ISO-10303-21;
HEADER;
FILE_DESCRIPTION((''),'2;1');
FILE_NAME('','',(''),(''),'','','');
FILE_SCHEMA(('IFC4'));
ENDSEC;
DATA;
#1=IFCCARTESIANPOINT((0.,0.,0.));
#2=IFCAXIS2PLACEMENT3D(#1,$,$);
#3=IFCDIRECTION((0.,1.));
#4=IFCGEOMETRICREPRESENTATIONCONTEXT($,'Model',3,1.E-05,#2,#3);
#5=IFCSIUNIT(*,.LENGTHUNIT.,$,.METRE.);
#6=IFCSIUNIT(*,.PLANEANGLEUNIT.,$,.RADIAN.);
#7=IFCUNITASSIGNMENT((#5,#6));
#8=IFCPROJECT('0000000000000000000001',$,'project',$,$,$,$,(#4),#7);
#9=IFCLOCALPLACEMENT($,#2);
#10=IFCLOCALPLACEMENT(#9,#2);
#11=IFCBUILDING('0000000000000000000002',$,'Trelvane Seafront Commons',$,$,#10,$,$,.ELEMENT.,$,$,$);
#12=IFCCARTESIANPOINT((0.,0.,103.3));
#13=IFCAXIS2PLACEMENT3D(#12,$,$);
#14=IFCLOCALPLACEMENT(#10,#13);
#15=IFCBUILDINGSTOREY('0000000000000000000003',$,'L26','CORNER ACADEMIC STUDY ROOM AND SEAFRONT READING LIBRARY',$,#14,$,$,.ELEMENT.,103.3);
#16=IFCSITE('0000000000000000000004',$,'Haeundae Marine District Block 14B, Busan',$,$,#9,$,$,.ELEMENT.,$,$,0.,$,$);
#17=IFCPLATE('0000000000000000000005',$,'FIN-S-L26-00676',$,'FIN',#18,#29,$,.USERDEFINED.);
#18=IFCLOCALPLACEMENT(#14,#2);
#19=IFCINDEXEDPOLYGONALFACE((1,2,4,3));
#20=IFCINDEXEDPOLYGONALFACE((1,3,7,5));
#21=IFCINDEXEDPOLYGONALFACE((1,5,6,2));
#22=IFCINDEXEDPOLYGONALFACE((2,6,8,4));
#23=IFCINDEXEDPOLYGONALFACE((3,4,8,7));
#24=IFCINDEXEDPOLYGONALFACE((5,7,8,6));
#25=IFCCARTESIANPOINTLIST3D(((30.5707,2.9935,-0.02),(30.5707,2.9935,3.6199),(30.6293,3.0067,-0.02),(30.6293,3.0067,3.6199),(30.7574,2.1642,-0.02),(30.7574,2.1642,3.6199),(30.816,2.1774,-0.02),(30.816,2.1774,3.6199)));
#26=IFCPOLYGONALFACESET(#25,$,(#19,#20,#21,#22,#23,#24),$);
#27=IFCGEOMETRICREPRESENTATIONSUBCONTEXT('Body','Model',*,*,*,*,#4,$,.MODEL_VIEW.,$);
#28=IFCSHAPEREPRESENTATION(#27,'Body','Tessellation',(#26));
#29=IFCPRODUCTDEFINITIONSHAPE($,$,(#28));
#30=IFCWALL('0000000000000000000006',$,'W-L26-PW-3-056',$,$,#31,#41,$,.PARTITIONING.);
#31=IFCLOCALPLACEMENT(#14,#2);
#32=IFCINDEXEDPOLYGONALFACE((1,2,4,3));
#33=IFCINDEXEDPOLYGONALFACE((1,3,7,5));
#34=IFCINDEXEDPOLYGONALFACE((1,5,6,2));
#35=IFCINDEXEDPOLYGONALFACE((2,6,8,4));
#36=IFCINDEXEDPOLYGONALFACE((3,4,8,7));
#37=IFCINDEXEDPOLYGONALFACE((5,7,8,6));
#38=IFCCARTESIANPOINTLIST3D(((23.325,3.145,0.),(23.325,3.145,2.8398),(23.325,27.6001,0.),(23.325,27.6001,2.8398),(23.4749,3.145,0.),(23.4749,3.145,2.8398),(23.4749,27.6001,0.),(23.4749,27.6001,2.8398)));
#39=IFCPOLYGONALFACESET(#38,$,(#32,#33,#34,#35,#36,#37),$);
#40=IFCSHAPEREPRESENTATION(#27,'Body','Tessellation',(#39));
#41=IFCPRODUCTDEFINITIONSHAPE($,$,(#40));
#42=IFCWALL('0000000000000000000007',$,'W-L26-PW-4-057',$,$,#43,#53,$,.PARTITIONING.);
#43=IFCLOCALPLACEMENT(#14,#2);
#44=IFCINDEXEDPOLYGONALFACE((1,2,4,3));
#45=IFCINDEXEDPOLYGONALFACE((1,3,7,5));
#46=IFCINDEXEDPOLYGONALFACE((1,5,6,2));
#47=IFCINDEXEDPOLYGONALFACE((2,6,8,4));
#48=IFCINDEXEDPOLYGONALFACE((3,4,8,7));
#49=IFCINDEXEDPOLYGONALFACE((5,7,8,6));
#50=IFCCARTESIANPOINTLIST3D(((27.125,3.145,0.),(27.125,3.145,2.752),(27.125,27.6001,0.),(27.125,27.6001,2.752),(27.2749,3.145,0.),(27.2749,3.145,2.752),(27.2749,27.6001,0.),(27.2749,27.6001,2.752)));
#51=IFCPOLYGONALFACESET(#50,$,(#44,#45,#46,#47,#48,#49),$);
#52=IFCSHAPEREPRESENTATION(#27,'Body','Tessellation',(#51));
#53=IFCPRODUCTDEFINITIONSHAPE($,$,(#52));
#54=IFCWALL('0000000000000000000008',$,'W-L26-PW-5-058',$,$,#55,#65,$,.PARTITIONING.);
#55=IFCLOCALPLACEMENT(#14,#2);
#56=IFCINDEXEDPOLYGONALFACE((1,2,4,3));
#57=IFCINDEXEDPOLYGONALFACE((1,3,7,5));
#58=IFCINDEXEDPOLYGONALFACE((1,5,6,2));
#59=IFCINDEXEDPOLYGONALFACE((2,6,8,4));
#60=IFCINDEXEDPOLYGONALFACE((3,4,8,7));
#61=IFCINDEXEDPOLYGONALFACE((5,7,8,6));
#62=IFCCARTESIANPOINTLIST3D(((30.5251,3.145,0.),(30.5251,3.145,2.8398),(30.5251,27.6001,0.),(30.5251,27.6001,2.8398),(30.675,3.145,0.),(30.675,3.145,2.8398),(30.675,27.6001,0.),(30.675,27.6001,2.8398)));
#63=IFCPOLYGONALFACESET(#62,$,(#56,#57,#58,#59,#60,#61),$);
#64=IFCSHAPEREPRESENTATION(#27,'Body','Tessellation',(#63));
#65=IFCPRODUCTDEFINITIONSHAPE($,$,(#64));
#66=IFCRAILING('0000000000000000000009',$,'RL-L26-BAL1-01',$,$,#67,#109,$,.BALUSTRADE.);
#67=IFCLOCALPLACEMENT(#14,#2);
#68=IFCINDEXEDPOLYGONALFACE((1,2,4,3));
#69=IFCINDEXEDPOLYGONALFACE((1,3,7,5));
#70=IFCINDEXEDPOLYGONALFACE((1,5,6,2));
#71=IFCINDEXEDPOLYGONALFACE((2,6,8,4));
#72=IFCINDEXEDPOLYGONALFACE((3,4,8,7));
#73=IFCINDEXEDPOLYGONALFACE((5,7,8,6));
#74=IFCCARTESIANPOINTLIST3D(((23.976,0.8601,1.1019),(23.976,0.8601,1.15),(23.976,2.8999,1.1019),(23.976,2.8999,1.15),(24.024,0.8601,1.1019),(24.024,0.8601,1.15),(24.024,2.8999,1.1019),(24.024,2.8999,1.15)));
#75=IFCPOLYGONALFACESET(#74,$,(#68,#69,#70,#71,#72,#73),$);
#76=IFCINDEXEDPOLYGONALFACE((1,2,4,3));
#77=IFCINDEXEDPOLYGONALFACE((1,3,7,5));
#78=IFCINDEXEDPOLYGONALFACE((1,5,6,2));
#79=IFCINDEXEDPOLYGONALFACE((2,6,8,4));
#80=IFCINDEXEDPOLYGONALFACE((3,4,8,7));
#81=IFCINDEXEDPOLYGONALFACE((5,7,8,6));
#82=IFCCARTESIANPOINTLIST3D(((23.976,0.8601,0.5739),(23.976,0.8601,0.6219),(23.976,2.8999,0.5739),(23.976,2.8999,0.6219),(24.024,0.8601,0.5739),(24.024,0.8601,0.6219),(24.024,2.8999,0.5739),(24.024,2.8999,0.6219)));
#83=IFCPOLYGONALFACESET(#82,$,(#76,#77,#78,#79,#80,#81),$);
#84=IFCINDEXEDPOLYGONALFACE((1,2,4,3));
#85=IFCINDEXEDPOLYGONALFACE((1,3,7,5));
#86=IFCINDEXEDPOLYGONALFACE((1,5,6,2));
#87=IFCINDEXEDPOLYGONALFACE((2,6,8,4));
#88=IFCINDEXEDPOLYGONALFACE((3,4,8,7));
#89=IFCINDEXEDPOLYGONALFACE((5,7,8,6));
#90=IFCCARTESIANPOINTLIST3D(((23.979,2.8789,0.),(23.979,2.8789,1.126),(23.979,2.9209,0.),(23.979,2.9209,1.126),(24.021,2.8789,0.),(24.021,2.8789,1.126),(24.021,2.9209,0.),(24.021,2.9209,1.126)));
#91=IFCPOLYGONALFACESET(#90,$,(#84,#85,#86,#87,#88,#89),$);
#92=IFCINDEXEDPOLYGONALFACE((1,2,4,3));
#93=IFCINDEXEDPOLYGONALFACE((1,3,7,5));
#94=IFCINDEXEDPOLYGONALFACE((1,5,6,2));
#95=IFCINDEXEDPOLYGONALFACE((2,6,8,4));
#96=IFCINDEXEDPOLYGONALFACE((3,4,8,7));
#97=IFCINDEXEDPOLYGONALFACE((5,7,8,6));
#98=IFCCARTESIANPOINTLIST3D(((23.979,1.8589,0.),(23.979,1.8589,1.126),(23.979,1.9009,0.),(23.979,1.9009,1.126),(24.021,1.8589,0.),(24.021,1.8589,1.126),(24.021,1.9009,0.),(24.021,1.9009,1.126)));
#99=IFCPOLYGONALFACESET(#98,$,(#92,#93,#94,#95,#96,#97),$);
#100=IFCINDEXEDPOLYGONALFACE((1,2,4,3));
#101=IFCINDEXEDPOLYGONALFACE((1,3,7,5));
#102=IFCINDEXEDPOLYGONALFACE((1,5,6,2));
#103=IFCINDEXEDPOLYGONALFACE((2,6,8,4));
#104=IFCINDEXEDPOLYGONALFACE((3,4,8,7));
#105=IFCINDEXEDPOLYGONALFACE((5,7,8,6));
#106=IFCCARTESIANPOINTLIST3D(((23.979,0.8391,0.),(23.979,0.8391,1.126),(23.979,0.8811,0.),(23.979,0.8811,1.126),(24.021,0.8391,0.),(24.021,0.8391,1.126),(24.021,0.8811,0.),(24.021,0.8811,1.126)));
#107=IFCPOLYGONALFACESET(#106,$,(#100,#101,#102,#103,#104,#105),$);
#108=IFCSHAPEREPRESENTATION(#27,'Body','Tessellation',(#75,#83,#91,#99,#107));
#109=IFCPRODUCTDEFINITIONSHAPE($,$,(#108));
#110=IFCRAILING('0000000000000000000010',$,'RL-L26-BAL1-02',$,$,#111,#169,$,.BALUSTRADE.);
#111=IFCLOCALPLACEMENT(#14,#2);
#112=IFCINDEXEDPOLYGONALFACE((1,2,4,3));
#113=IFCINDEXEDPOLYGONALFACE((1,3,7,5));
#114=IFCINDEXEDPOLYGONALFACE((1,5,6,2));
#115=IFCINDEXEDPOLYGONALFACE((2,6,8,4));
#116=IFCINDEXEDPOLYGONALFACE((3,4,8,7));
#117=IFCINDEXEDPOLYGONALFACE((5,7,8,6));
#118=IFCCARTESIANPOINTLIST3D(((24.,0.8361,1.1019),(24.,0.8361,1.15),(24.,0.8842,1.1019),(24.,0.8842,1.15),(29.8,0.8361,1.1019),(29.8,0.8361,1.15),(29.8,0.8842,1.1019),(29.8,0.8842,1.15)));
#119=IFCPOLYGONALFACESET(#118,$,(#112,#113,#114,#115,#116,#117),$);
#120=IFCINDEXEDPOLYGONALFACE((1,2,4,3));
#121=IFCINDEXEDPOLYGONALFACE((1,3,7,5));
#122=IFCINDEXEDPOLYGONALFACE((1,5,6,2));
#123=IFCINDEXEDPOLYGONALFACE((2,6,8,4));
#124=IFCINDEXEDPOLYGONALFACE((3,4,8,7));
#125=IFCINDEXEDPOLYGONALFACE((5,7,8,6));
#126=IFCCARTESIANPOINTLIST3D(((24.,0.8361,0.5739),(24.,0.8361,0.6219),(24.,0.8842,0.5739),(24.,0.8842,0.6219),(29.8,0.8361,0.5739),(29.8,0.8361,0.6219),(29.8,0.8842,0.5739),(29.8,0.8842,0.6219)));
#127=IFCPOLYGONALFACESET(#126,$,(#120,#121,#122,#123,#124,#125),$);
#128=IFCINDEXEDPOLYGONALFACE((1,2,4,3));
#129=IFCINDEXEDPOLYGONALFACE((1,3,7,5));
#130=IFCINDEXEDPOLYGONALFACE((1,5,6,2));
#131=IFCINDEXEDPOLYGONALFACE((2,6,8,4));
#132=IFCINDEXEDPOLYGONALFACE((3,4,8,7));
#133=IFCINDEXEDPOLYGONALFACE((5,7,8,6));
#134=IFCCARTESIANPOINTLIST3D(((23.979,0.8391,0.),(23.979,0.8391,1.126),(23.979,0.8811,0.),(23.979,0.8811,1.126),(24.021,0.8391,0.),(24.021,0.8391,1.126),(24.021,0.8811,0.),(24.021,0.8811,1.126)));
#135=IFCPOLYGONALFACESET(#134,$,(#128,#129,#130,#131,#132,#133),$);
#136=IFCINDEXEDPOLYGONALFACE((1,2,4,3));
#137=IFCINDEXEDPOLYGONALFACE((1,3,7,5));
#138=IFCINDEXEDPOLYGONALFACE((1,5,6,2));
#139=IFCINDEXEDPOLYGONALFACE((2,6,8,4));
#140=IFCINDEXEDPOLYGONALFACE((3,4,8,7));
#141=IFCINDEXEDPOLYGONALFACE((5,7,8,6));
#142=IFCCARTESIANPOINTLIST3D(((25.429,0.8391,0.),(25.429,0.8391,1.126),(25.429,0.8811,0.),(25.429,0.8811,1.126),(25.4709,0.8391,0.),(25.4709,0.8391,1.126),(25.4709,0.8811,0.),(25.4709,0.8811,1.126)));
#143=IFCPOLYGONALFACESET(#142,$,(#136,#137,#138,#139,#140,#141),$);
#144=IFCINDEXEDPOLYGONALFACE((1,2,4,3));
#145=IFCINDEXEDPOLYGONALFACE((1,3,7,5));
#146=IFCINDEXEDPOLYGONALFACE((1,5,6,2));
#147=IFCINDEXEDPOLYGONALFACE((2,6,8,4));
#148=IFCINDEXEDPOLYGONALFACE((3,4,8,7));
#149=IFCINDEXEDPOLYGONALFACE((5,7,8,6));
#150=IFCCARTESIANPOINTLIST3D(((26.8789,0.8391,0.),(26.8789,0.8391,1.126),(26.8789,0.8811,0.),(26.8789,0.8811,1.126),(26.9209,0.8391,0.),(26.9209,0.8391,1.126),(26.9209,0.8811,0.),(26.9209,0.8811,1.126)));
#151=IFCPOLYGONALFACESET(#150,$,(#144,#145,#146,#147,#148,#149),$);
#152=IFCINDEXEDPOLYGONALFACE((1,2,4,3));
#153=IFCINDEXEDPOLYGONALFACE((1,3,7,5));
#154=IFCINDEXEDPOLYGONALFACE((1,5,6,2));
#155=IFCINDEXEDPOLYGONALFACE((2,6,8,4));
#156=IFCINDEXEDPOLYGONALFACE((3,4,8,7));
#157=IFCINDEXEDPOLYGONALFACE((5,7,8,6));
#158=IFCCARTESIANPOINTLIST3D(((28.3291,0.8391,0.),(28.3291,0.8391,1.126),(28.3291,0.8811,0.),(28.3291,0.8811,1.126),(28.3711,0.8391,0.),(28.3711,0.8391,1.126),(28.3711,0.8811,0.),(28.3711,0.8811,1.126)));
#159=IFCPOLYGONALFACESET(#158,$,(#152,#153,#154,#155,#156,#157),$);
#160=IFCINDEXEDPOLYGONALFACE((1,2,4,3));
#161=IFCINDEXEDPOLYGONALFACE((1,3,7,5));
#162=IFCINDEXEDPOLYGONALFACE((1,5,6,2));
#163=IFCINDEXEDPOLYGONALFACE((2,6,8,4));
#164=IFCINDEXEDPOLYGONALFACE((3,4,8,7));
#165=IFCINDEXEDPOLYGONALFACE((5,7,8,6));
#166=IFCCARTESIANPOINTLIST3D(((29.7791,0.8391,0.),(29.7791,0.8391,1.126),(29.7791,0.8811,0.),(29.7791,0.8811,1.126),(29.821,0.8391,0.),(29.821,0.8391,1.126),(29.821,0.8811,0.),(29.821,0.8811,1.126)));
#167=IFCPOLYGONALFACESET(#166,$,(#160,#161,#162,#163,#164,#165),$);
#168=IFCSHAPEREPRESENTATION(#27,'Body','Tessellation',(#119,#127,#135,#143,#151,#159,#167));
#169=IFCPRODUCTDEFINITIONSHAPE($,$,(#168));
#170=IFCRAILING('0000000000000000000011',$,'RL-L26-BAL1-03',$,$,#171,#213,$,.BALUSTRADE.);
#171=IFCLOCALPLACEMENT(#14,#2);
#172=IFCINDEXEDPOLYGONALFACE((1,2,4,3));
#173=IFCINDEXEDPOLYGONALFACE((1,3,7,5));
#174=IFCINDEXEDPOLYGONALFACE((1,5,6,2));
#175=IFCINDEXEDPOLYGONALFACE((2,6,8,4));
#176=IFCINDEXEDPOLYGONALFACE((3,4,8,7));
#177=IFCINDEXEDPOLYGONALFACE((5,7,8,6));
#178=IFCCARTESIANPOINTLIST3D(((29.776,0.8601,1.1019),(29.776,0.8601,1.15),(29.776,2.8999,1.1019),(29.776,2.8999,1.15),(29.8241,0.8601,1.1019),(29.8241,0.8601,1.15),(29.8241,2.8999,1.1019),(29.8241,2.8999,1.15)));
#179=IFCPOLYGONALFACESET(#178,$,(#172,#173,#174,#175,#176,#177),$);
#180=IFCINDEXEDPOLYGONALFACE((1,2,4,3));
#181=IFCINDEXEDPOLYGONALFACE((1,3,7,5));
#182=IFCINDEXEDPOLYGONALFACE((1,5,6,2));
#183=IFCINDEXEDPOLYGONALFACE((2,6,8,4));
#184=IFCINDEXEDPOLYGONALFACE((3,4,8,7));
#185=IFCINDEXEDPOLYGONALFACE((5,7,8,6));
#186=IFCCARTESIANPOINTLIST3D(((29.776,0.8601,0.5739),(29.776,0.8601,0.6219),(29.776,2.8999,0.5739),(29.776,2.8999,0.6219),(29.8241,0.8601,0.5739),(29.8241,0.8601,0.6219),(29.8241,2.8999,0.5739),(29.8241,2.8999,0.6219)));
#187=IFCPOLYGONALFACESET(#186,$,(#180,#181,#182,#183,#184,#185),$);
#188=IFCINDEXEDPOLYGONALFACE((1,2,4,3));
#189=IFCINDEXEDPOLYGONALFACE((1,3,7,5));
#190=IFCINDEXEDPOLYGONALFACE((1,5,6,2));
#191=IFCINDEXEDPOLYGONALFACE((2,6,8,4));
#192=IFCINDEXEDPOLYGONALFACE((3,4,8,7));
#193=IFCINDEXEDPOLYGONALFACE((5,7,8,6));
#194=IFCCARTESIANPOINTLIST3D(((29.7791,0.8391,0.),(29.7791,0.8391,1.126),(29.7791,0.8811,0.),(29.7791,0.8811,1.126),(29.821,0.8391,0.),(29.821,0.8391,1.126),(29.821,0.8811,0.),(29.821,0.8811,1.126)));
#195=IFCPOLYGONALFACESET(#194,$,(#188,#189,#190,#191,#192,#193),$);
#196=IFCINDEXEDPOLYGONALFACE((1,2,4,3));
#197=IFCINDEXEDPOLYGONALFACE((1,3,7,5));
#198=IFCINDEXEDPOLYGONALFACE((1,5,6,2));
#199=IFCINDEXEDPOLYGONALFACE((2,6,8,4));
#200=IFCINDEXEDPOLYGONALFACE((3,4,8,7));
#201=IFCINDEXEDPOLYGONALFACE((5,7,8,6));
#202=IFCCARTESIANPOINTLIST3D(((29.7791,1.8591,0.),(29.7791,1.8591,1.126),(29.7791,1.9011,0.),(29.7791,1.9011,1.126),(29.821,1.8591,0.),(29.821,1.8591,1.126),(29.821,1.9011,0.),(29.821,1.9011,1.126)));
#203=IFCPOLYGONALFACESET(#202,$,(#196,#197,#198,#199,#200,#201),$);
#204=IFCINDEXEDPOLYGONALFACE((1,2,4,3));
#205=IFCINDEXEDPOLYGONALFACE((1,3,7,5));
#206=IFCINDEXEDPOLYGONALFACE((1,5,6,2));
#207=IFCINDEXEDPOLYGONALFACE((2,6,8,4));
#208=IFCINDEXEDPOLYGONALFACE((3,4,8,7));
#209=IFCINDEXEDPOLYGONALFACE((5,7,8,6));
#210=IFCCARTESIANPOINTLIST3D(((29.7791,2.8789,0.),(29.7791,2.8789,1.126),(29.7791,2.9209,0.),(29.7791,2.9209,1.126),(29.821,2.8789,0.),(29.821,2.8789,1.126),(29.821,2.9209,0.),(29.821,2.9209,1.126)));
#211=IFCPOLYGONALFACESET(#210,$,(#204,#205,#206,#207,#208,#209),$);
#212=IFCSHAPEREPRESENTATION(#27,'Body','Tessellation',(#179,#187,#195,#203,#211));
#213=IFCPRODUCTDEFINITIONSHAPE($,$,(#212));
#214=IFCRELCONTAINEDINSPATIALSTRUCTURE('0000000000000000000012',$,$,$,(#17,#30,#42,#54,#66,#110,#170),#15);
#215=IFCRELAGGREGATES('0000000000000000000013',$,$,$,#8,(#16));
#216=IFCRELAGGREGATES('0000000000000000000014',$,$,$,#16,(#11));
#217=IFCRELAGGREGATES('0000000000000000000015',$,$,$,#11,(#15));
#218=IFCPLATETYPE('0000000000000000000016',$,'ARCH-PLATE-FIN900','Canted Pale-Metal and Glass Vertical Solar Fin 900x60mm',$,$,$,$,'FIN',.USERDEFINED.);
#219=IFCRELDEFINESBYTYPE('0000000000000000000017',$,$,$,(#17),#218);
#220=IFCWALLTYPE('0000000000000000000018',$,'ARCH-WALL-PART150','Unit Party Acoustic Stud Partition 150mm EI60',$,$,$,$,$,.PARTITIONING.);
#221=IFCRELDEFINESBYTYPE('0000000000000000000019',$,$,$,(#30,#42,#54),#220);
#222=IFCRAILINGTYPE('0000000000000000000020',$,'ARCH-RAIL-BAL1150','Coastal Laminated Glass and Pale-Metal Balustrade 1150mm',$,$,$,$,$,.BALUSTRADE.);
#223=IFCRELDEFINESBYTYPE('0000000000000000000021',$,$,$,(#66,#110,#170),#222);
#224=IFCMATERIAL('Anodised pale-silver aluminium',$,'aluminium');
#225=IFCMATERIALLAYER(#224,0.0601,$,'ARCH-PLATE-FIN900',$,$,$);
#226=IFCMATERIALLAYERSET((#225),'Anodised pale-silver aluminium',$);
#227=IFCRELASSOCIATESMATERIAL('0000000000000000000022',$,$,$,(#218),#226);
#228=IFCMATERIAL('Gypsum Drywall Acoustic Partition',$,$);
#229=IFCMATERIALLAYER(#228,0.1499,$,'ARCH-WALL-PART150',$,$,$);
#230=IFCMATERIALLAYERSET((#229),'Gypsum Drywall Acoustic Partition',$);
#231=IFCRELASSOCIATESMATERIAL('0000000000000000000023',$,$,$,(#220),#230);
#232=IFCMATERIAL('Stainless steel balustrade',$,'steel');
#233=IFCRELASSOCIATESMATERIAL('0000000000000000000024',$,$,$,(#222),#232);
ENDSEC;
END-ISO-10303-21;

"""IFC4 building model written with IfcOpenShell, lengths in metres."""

from ifc_helpers import new_model, si_unit, direction, frame, frame_2d, origin, origin_2d, place, context, subcontext, project, spatial, rectangle, extrude, source, transform, mapped, material, layer, layer_set, type_object, element, save


model = new_model("IFC4")

# Units and contexts
model_context = context("Model", 3, precision=1e-05, world=origin(), true_north=direction((0.0, 1.0)))
body_context = subcontext(model_context, "Body", "Model", "MODEL_VIEW")
ifc_project = project(units=[si_unit("LENGTHUNIT", "METRE"), si_unit("PLANEANGLEUNIT", "RADIAN")], contexts=[model_context])

# Site, building, storey
site_placement = place(None, origin())
site = spatial("IfcSite", under=ifc_project, at=site_placement, Name="Haeundae Marine District Block 14B, Busan", CompositionType="ELEMENT", RefElevation=0.0)
building_placement = place(site_placement, origin())
building = spatial("IfcBuilding", under=site, at=building_placement, Name="Trelvane Seafront Commons", CompositionType="ELEMENT")
storey_placement = place(building_placement, frame((0.0, 0.0, 103.3)))
storey = spatial("IfcBuildingStorey", under=building, at=storey_placement, Name="L26", Description="CORNER ACADEMIC STUDY ROOM AND SEAFRONT READING LIBRARY", CompositionType="ELEMENT", Elevation=103.3)

# Plate
ifc_material_1 = material(Name="Anodised pale-silver aluminium", Category="aluminium")
ifc_layer_1 = layer(ifc_material_1, 0.0601, Name="ARCH-PLATE-FIN900")
ifc_layer_set_1 = layer_set([ifc_layer_1], Name="Anodised pale-silver aluminium")
plate_type_1 = type_object("IfcPlateType", Name="ARCH-PLATE-FIN900", Description="Canted Pale-Metal and Glass Vertical Solar Fin 900x60mm", ElementType="FIN", PredefinedType="USERDEFINED", material=ifc_layer_set_1)
shared_shape_1 = source(origin(), body_context, "Body", "SweptSolid", [
    extrude(rectangle(XDim=0.8501, YDim=0.0601, at=origin_2d()), origin(), (0.0, 0.0, 1.0), 3.6399),
])
for number, where, z_axis, x_axis, name in (
    (1, (30.6934, 2.5854, -0.02), (0.0, 0.0, 1.0), (0.219633, -0.975582, 0.0), "FIN-S-L26-00676"),
):
    element("IfcPlate", number, at=place(storey_placement, frame(where, z_axis=z_axis, x_axis=x_axis)), inside=storey, type_object=plate_type_1, Name=name, ObjectType="FIN", PredefinedType="USERDEFINED", context=body_context, shape_type="MappedRepresentation", body=[
        mapped(shared_shape_1, transform((0.0, 0.0, 0.0), x_axis=(1.0, 0.0, 0.0), y_axis=(0.0, 1.0, 0.0), z_axis=(0.0, 0.0, 1.0), scale=1.0)),
    ])

# Walls
ifc_material_2 = material(Name="Gypsum Drywall Acoustic Partition")
ifc_layer_2 = layer(ifc_material_2, 0.1499, Name="ARCH-WALL-PART150")
ifc_layer_set_2 = layer_set([ifc_layer_2], Name="Gypsum Drywall Acoustic Partition")
wall_type = type_object("IfcWallType", Name="ARCH-WALL-PART150", Description="Unit Party Acoustic Stud Partition 150mm EI60", PredefinedType="PARTITIONING", material=ifc_layer_set_2)
wall_1_placement = place(storey_placement, frame((23.3999, 3.145, 0.0), z_axis=(0.0, 0.0, 1.0), x_axis=(0.0, 1.0, 0.0)))
element("IfcWall", 2, at=wall_1_placement, inside=storey, type_object=wall_type, Name="W-L26-PW-3-056", PredefinedType="PARTITIONING", context=body_context, shape_type="SweptSolid", body=[
    extrude(rectangle(XDim=24.4551, YDim=0.1499, at=frame_2d((12.2275, 0.0))), origin(), (0.0, 0.0, 1.0), 2.8398),
])
wall_2_placement = place(storey_placement, frame((27.2, 3.145, 0.0), z_axis=(0.0, 0.0, 1.0), x_axis=(0.0, 1.0, 0.0)))
element("IfcWall", 3, at=wall_2_placement, inside=storey, type_object=wall_type, Name="W-L26-PW-4-057", PredefinedType="PARTITIONING", context=body_context, shape_type="SweptSolid", body=[
    extrude(rectangle(XDim=24.4551, YDim=0.1499, at=frame_2d((12.2275, 0.0))), origin(), (0.0, 0.0, 1.0), 2.752),
])
wall_3_placement = place(storey_placement, frame((30.6001, 3.145, 0.0), z_axis=(0.0, 0.0, 1.0), x_axis=(0.0, 1.0, 0.0)))
element("IfcWall", 4, at=wall_3_placement, inside=storey, type_object=wall_type, Name="W-L26-PW-5-058", PredefinedType="PARTITIONING", context=body_context, shape_type="SweptSolid", body=[
    extrude(rectangle(XDim=24.4551, YDim=0.1499, at=frame_2d((12.2275, 0.0))), origin(), (0.0, 0.0, 1.0), 2.8398),
])

# Railings
ifc_material_3 = material(Name="Stainless steel balustrade", Category="steel")
railing_type = type_object("IfcRailingType", Name="ARCH-RAIL-BAL1150", Description="Coastal Laminated Glass and Pale-Metal Balustrade 1150mm", PredefinedType="BALUSTRADE", material=ifc_material_3)
railing_1_placement = place(storey_placement, frame((24.0, 2.8999, 0.0)))
element("IfcRailing", 5, at=railing_1_placement, inside=storey, type_object=railing_type, Name="RL-L26-BAL1-01", PredefinedType="BALUSTRADE", context=body_context, shape_type="SweptSolid", body=[
    extrude(rectangle(XDim=0.0481, YDim=0.0481, at=origin_2d()), frame((0.0, 0.0, 1.126), z_axis=(0.0, -1.0, 0.0), x_axis=(1.0, 0.0, 0.0)), (0.0, 0.0, 1.0), 2.0398),
    extrude(rectangle(XDim=0.0481, YDim=0.0481, at=origin_2d()), frame((0.0, 0.0, 0.5979), z_axis=(0.0, -1.0, 0.0), x_axis=(1.0, 0.0, 0.0)), (0.0, 0.0, 1.0), 2.0398),
    extrude(rectangle(XDim=0.042, YDim=0.042, at=origin_2d()), origin(), (0.0, 0.0, 1.0), 1.126),
    extrude(rectangle(XDim=0.042, YDim=0.042, at=origin_2d()), frame((0.0, -1.02, 0.0)), (0.0, 0.0, 1.0), 1.126),
    extrude(rectangle(XDim=0.042, YDim=0.042, at=origin_2d()), frame((0.0, -2.0398, 0.0)), (0.0, 0.0, 1.0), 1.126),
])
railing_2_placement = place(storey_placement, frame((24.0, 0.8601, 0.0)))
element("IfcRailing", 6, at=railing_2_placement, inside=storey, type_object=railing_type, Name="RL-L26-BAL1-02", PredefinedType="BALUSTRADE", context=body_context, shape_type="SweptSolid", body=[
    extrude(rectangle(XDim=0.0481, YDim=0.0481, at=origin_2d()), frame((0.0, 0.0, 1.126), z_axis=(1.0, 0.0, 0.0), x_axis=(0.0, 1.0, 0.0)), (0.0, 0.0, 1.0), 5.8),
    extrude(rectangle(XDim=0.0481, YDim=0.0481, at=origin_2d()), frame((0.0, 0.0, 0.5979), z_axis=(1.0, 0.0, 0.0), x_axis=(0.0, 1.0, 0.0)), (0.0, 0.0, 1.0), 5.8),
    extrude(rectangle(XDim=0.042, YDim=0.042, at=origin_2d()), origin(), (0.0, 0.0, 1.0), 1.126),
    extrude(rectangle(XDim=0.042, YDim=0.042, at=origin_2d()), frame((1.45, 0.0, 0.0)), (0.0, 0.0, 1.0), 1.126),
    extrude(rectangle(XDim=0.042, YDim=0.042, at=origin_2d()), frame((2.8999, 0.0, 0.0)), (0.0, 0.0, 1.0), 1.126),
    extrude(rectangle(XDim=0.042, YDim=0.042, at=origin_2d()), frame((4.3501, 0.0, 0.0)), (0.0, 0.0, 1.0), 1.126),
    extrude(rectangle(XDim=0.042, YDim=0.042, at=origin_2d()), frame((5.8, 0.0, 0.0)), (0.0, 0.0, 1.0), 1.126),
])
railing_3_placement = place(storey_placement, frame((29.8, 0.8601, 0.0)))
element("IfcRailing", 7, at=railing_3_placement, inside=storey, type_object=railing_type, Name="RL-L26-BAL1-03", PredefinedType="BALUSTRADE", context=body_context, shape_type="SweptSolid", body=[
    extrude(rectangle(XDim=0.0481, YDim=0.0481, at=origin_2d()), frame((0.0, 0.0, 1.126), z_axis=(0.0, 1.0, 0.0), x_axis=(-1.0, 0.0, 0.0)), (0.0, 0.0, 1.0), 2.0398),
    extrude(rectangle(XDim=0.0481, YDim=0.0481, at=origin_2d()), frame((0.0, 0.0, 0.5979), z_axis=(0.0, 1.0, 0.0), x_axis=(-1.0, 0.0, 0.0)), (0.0, 0.0, 1.0), 2.0398),
    extrude(rectangle(XDim=0.042, YDim=0.042, at=origin_2d()), origin(), (0.0, 0.0, 1.0), 1.126),
    extrude(rectangle(XDim=0.042, YDim=0.042, at=origin_2d()), frame((0.0, 1.02, 0.0)), (0.0, 0.0, 1.0), 1.126),
    extrude(rectangle(XDim=0.042, YDim=0.042, at=origin_2d()), frame((0.0, 2.0398, 0.0)), (0.0, 0.0, 1.0), 1.126),
])

save(model, "model.ifc")
